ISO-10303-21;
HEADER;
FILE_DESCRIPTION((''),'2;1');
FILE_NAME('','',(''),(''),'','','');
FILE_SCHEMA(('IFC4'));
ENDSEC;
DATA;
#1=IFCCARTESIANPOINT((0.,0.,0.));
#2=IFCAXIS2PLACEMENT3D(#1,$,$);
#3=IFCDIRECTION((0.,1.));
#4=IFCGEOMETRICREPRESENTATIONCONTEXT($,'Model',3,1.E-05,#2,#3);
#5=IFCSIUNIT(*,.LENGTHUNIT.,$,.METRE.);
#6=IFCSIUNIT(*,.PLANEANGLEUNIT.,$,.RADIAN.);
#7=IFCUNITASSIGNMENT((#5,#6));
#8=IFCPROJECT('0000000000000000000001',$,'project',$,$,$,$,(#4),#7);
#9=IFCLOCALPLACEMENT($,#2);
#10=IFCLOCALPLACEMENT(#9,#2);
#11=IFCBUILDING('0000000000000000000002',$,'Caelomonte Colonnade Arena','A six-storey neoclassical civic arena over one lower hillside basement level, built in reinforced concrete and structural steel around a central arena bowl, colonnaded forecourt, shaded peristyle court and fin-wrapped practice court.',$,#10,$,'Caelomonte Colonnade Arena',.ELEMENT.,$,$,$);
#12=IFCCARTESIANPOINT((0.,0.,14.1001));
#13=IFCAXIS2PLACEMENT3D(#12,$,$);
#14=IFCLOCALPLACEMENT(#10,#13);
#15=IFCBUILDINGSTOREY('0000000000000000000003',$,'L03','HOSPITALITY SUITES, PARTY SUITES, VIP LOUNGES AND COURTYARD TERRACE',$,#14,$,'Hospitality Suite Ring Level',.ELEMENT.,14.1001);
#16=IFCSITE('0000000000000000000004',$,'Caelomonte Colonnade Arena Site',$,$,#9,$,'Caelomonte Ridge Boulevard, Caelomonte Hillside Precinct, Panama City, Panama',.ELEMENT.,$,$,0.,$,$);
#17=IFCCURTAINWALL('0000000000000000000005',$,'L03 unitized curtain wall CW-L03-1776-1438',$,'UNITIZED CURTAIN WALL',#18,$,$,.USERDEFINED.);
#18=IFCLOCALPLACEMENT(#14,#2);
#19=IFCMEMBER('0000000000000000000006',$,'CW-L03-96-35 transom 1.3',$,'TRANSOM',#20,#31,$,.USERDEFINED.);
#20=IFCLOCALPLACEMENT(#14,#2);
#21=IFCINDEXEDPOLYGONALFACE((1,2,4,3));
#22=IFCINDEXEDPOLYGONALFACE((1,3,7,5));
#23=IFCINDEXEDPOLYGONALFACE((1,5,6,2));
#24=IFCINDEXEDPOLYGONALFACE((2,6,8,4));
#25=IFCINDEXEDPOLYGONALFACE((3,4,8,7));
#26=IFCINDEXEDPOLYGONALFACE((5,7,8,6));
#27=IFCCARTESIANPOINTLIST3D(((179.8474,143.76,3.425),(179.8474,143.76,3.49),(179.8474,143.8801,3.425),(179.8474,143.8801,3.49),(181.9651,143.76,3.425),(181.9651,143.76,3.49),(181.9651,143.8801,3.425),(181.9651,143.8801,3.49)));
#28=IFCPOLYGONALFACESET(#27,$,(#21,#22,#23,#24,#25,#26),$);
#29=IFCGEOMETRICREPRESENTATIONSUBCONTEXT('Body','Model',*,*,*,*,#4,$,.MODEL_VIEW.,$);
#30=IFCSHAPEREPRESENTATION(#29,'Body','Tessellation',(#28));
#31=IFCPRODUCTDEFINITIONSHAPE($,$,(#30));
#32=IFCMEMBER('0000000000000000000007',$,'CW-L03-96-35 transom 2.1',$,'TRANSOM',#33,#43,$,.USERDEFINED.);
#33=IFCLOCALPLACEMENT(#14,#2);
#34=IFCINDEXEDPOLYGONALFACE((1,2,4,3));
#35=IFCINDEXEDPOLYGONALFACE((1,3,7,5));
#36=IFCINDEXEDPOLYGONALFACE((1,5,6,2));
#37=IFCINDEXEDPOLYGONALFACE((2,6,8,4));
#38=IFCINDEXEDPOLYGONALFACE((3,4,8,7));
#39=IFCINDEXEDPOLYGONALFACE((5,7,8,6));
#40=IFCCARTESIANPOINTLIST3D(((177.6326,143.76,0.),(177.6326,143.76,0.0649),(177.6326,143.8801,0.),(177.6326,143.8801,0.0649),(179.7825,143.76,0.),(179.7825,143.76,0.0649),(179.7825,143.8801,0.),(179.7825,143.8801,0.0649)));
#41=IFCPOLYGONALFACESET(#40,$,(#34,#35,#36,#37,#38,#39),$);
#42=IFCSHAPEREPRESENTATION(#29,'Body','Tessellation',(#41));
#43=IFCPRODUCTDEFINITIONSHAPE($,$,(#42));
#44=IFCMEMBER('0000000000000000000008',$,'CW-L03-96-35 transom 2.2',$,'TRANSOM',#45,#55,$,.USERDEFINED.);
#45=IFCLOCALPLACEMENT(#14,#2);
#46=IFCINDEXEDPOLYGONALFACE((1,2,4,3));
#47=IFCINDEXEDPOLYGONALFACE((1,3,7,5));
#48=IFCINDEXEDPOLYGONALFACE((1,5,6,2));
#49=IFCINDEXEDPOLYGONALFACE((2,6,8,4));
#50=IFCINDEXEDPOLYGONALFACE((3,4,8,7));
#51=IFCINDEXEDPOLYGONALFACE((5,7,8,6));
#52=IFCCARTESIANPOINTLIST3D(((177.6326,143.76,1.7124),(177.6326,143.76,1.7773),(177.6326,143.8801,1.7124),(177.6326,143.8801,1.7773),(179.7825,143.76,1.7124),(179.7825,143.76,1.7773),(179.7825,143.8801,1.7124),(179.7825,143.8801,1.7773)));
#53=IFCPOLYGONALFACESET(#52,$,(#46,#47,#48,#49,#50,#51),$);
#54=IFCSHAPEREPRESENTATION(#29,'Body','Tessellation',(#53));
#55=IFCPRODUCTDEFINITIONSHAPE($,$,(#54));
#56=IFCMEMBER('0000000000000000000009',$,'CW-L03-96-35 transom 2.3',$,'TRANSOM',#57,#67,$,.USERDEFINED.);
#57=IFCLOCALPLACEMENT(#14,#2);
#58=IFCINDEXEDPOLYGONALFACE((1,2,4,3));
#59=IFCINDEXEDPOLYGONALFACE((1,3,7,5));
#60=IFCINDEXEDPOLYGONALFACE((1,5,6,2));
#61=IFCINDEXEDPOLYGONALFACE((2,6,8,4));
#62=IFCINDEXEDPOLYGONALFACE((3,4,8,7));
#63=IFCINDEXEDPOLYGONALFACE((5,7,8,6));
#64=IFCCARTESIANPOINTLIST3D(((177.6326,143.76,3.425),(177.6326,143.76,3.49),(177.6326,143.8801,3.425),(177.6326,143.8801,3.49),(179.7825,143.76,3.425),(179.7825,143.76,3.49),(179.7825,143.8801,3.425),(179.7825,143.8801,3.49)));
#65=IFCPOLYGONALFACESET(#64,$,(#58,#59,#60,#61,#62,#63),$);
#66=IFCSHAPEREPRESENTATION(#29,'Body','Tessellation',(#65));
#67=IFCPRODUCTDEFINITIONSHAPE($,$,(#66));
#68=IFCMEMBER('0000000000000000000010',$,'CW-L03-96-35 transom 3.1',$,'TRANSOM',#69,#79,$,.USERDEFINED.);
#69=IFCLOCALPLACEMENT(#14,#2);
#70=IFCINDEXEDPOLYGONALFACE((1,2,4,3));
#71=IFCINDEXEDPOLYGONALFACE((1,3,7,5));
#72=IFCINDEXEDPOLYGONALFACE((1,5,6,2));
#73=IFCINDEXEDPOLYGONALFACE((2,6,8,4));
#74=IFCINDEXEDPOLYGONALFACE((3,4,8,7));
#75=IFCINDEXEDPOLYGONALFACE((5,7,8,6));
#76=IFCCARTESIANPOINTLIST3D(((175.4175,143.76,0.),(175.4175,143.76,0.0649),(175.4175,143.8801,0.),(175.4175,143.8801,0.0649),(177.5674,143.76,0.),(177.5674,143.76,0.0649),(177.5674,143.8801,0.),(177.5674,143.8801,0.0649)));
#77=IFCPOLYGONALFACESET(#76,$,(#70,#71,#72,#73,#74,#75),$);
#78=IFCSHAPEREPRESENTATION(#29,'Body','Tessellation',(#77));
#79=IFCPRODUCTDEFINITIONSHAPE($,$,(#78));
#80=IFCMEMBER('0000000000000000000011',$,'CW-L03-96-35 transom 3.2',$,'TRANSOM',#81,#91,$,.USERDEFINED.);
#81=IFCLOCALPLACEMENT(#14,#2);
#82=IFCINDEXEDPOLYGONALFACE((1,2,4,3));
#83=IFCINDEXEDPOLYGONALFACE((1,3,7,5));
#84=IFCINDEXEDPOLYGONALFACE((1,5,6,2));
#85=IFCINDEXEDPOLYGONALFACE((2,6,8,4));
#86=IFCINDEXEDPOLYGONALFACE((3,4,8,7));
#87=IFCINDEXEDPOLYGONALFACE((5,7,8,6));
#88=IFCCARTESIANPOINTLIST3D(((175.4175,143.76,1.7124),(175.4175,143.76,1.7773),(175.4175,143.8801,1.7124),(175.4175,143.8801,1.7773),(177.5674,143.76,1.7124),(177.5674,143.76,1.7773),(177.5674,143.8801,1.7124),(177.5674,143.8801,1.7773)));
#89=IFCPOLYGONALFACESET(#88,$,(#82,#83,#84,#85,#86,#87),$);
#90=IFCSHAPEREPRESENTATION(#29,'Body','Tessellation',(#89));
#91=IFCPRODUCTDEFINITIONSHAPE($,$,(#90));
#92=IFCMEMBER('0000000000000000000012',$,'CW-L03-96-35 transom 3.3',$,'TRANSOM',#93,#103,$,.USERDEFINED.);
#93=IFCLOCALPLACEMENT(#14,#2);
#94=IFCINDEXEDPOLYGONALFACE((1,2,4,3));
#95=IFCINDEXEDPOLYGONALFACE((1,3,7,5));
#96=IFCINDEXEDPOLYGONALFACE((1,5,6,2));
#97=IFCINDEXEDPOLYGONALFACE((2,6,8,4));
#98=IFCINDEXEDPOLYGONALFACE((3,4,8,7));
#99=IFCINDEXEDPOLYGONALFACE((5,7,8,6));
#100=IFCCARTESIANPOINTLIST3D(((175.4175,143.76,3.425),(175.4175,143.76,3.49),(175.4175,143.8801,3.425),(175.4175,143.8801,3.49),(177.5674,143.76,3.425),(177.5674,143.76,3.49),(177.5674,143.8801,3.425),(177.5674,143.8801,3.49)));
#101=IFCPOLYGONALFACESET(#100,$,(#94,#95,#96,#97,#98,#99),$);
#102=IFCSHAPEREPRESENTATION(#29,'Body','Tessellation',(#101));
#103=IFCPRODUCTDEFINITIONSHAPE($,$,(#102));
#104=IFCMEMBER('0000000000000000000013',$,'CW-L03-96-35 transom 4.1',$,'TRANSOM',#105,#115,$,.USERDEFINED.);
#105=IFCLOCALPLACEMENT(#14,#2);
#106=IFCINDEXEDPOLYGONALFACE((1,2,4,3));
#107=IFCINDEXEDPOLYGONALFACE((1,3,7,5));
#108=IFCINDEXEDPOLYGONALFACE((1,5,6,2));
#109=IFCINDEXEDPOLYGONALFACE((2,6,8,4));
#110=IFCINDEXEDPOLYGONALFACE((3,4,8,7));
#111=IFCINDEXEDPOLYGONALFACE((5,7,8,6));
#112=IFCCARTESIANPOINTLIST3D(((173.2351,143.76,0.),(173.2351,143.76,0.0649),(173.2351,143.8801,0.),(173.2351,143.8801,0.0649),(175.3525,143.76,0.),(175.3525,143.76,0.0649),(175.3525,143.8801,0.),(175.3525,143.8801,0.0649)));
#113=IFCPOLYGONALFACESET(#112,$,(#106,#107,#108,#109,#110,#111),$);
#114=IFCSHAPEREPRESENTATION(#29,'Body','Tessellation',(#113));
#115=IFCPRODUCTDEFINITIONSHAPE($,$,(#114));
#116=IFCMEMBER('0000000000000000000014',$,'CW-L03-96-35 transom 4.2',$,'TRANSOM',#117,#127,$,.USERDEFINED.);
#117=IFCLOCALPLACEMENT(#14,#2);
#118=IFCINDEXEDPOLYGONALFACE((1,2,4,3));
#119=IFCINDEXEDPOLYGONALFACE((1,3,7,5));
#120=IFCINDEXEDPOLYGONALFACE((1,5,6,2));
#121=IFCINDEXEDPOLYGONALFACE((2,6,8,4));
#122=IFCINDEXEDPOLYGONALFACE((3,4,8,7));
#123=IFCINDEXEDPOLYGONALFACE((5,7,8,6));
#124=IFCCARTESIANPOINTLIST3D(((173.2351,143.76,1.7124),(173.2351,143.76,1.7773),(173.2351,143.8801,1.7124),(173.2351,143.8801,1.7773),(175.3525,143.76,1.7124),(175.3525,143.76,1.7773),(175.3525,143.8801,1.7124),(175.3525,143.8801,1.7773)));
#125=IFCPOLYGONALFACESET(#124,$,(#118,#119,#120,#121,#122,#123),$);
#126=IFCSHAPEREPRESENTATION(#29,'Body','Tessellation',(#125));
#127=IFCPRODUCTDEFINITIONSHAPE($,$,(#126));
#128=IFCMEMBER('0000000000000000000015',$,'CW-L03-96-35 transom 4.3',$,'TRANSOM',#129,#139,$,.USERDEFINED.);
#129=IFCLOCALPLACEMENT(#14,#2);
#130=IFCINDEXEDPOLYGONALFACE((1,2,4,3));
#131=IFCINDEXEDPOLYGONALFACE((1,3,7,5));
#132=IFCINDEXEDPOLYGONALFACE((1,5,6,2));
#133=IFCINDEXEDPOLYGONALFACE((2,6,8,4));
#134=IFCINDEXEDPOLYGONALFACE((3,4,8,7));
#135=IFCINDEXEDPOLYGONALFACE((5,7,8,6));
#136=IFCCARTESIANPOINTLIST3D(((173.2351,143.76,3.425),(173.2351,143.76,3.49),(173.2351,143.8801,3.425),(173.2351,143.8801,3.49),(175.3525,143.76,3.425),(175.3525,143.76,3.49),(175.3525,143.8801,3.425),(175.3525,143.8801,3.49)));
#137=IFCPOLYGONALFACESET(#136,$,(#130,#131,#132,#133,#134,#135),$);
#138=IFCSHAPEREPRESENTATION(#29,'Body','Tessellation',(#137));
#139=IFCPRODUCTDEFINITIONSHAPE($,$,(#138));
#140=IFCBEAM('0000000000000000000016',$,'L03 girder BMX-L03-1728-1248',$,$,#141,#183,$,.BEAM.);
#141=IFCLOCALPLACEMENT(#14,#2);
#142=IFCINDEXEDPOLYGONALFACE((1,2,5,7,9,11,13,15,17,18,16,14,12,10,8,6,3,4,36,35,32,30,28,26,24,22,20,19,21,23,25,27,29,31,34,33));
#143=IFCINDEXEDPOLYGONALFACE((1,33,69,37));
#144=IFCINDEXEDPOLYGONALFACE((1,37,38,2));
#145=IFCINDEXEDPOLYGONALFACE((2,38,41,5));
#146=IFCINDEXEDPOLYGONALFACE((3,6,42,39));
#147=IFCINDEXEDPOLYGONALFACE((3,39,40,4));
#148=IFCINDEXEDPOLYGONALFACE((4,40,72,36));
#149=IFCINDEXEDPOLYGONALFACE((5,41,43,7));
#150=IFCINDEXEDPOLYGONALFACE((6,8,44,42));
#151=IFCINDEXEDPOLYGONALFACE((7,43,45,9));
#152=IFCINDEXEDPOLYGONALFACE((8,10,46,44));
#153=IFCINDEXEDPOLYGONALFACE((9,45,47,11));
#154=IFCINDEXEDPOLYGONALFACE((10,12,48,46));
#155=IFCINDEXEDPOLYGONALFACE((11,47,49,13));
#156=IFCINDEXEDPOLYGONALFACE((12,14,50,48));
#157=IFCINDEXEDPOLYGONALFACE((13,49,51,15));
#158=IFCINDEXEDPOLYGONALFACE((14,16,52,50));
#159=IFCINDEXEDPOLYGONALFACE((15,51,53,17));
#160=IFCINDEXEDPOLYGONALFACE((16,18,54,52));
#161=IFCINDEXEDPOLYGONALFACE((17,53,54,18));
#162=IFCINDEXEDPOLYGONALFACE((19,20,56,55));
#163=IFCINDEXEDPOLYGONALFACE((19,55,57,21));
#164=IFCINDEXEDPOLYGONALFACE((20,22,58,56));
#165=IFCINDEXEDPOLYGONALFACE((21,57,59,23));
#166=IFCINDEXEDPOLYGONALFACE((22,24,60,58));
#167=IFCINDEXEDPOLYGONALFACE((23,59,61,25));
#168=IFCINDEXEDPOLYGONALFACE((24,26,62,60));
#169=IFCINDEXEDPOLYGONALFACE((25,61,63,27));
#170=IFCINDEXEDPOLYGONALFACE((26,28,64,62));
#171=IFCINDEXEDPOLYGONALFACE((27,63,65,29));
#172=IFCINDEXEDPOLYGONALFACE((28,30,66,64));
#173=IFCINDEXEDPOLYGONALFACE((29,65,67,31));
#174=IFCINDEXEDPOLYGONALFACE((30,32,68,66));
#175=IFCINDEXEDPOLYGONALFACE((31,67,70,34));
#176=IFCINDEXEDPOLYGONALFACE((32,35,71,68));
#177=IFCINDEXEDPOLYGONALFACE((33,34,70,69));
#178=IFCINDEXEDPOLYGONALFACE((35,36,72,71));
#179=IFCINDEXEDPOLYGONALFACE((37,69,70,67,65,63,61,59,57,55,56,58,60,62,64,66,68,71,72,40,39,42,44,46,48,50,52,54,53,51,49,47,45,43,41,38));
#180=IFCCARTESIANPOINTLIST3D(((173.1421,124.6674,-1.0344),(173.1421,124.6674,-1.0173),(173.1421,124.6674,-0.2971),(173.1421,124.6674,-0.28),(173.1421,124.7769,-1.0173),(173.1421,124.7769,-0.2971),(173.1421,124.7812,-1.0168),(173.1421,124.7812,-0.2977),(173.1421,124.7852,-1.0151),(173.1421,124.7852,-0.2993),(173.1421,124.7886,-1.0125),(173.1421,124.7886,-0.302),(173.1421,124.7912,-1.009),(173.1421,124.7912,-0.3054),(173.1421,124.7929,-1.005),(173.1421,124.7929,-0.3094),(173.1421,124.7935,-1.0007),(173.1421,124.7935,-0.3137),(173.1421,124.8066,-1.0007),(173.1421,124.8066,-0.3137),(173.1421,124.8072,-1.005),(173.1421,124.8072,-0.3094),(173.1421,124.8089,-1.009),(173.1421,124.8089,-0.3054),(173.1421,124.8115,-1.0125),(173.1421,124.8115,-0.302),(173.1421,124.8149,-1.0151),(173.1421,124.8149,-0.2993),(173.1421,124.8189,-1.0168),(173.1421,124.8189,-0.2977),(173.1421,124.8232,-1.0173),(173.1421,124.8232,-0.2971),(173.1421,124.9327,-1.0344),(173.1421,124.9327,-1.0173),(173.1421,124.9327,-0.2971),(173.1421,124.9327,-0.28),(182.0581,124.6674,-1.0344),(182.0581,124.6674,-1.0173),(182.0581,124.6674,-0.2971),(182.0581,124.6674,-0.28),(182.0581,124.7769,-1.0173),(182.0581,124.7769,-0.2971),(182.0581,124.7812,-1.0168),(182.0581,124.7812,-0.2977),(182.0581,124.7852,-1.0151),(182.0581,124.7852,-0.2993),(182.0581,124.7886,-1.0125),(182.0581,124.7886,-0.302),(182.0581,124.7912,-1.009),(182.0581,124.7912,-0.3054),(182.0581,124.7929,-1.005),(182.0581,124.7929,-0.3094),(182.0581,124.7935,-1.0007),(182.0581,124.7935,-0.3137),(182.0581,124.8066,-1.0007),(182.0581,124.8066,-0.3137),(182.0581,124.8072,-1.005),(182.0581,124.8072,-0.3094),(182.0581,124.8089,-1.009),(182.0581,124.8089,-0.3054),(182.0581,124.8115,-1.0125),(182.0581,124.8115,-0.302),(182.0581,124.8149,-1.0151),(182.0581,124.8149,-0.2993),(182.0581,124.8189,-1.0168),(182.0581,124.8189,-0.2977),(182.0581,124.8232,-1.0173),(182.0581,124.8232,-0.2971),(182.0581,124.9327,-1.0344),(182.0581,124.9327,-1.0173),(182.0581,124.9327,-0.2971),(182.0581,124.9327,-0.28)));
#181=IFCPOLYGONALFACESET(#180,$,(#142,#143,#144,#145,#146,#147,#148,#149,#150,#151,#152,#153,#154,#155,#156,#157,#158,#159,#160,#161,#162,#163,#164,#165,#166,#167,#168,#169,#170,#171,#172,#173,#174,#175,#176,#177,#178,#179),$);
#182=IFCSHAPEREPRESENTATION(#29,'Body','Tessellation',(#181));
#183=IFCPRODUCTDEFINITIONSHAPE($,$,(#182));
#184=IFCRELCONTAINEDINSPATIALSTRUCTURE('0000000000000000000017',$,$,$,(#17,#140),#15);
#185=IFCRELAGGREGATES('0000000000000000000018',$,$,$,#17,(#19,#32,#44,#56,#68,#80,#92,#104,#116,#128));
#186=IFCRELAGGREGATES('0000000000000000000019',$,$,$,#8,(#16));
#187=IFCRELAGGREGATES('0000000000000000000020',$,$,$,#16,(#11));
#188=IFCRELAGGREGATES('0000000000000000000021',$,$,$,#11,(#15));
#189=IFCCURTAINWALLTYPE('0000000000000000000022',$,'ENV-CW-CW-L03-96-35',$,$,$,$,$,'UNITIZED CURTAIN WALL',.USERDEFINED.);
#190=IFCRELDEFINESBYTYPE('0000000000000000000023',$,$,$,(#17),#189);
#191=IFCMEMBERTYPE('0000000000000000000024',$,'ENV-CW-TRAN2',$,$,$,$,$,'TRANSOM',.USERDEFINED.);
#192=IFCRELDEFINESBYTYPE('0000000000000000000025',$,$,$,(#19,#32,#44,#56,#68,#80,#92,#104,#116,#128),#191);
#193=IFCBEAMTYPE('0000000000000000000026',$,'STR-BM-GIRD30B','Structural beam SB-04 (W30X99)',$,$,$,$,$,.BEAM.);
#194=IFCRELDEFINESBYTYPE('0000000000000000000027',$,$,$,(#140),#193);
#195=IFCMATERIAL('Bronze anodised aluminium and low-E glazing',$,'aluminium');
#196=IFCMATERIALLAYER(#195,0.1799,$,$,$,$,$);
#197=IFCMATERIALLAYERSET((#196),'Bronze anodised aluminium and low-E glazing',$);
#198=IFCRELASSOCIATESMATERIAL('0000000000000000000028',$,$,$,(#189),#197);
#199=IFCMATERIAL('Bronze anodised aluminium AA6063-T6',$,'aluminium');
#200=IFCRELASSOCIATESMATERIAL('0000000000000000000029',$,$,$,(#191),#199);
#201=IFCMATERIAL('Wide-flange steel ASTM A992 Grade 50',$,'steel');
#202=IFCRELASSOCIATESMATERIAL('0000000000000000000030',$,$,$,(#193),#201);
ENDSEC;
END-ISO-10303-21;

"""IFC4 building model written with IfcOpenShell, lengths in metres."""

from ifc_helpers import new_model, si_unit, direction, frame, origin, origin_2d, place, context, subcontext, project, spatial, rectangle, i_section, extrude, material, layer, layer_set, material_profile, profile_set, type_object, element, aggregate, save


model = new_model("IFC4")

# Units and contexts
model_context = context("Model", 3, precision=1e-05, world=origin(), true_north=direction((0.0, 1.0)))
body_context = subcontext(model_context, "Body", "Model", "MODEL_VIEW")
ifc_project = project(units=[si_unit("LENGTHUNIT", "METRE"), si_unit("PLANEANGLEUNIT", "RADIAN")], contexts=[model_context])

# Site, building, storey
site_placement = place(None, origin())
site = spatial("IfcSite", under=ifc_project, at=site_placement, Name="Caelomonte Colonnade Arena Site", LongName="Caelomonte Ridge Boulevard, Caelomonte Hillside Precinct, Panama City, Panama", CompositionType="ELEMENT", RefElevation=0.0)
building_placement = place(site_placement, origin())
building = spatial("IfcBuilding", under=site, at=building_placement, Name="Caelomonte Colonnade Arena", Description="A six-storey neoclassical civic arena over one lower hillside basement level, built in reinforced concrete and structural steel around a central arena bowl, colonnaded forecourt, shaded peristyle court and fin-wrapped practice court.", LongName="Caelomonte Colonnade Arena", CompositionType="ELEMENT")
storey_placement = place(building_placement, frame((0.0, 0.0, 14.1001)))
storey = spatial("IfcBuildingStorey", under=building, at=storey_placement, Name="L03", Description="HOSPITALITY SUITES, PARTY SUITES, VIP LOUNGES AND COURTYARD TERRACE", LongName="Hospitality Suite Ring Level", CompositionType="ELEMENT", Elevation=14.1001)

# Curtain wall
ifc_material_1 = material(Name="Bronze anodised aluminium and low-E glazing", Category="aluminium")
ifc_layer_1 = layer(ifc_material_1, 0.1799)
ifc_layer_set_1 = layer_set([ifc_layer_1], Name="Bronze anodised aluminium and low-E glazing")
curtain_wall_type = type_object("IfcCurtainWallType", Name="ENV-CW-CW-L03-96-35", ElementType="UNITIZED CURTAIN WALL", PredefinedType="USERDEFINED", material=ifc_layer_set_1)
ifc_material_2 = material(Name="Bronze anodised aluminium AA6063-T6", Category="aluminium")
curtain_wall_1_placement = place(storey_placement, origin())
curtain_wall_1 = element("IfcCurtainWall", 1, at=curtain_wall_1_placement, inside=storey, type_object=curtain_wall_type, Name="L03 unitized curtain wall CW-L03-1776-1438", ObjectType="UNITIZED CURTAIN WALL", PredefinedType="USERDEFINED")

# Members
ifc_material_profile_1 = material_profile(ifc_material_2, rectangle(XDim=0.0649, YDim=0.1201, at=origin_2d()), Name="CWT-65X120")
ifc_profile_set_1 = profile_set([ifc_material_profile_1], Name="Bronze anodised aluminium AA6063-T6")
member_type_1 = type_object("IfcMemberType", Name="ENV-CW-TRAN2", ElementType="TRANSOM", PredefinedType="USERDEFINED", material=ifc_profile_set_1)
member_1_placement = place(storey_placement, frame((181.9651, 143.8201, 3.4575), z_axis=(-1.0, 0.0, 0.0), x_axis=(0.0, 0.0, 1.0)))
member_1 = element("IfcMember", 2, at=member_1_placement, type_object=member_type_1, Name="CW-L03-96-35 transom 1.3", ObjectType="TRANSOM", PredefinedType="USERDEFINED", context=body_context, shape_type="SweptSolid", body=[
    extrude(rectangle(XDim=0.0649, YDim=0.1201, at=origin_2d()), origin(), (0.0, 0.0, 1.0), 2.1177),
])
member_2_placement = place(storey_placement, frame((179.7825, 143.8201, 0.0325), z_axis=(-1.0, 0.0, 0.0), x_axis=(0.0, 0.0, 1.0)))
member_2 = element("IfcMember", 3, at=member_2_placement, type_object=member_type_1, Name="CW-L03-96-35 transom 2.1", ObjectType="TRANSOM", PredefinedType="USERDEFINED", context=body_context, shape_type="SweptSolid", body=[
    extrude(rectangle(XDim=0.0649, YDim=0.1201, at=origin_2d()), origin(), (0.0, 0.0, 1.0), 2.1499),
])
member_3_placement = place(storey_placement, frame((179.7825, 143.8201, 1.7449), z_axis=(-1.0, 0.0, 0.0), x_axis=(0.0, 0.0, 1.0)))
member_3 = element("IfcMember", 4, at=member_3_placement, type_object=member_type_1, Name="CW-L03-96-35 transom 2.2", ObjectType="TRANSOM", PredefinedType="USERDEFINED", context=body_context, shape_type="SweptSolid", body=[
    extrude(rectangle(XDim=0.0649, YDim=0.1201, at=origin_2d()), origin(), (0.0, 0.0, 1.0), 2.1499),
])
member_4_placement = place(storey_placement, frame((179.7825, 143.8201, 3.4575), z_axis=(-1.0, 0.0, 0.0), x_axis=(0.0, 0.0, 1.0)))
member_4 = element("IfcMember", 5, at=member_4_placement, type_object=member_type_1, Name="CW-L03-96-35 transom 2.3", ObjectType="TRANSOM", PredefinedType="USERDEFINED", context=body_context, shape_type="SweptSolid", body=[
    extrude(rectangle(XDim=0.0649, YDim=0.1201, at=origin_2d()), origin(), (0.0, 0.0, 1.0), 2.1499),
])
member_5_placement = place(storey_placement, frame((177.5674, 143.8201, 0.0325), z_axis=(-1.0, 0.0, 0.0), x_axis=(0.0, 0.0, 1.0)))
member_5 = element("IfcMember", 6, at=member_5_placement, type_object=member_type_1, Name="CW-L03-96-35 transom 3.1", ObjectType="TRANSOM", PredefinedType="USERDEFINED", context=body_context, shape_type="SweptSolid", body=[
    extrude(rectangle(XDim=0.0649, YDim=0.1201, at=origin_2d()), origin(), (0.0, 0.0, 1.0), 2.1499),
])
member_6_placement = place(storey_placement, frame((177.5674, 143.8201, 1.7449), z_axis=(-1.0, 0.0, 0.0), x_axis=(0.0, 0.0, 1.0)))
member_6 = element("IfcMember", 7, at=member_6_placement, type_object=member_type_1, Name="CW-L03-96-35 transom 3.2", ObjectType="TRANSOM", PredefinedType="USERDEFINED", context=body_context, shape_type="SweptSolid", body=[
    extrude(rectangle(XDim=0.0649, YDim=0.1201, at=origin_2d()), origin(), (0.0, 0.0, 1.0), 2.1499),
])
member_7_placement = place(storey_placement, frame((177.5674, 143.8201, 3.4575), z_axis=(-1.0, 0.0, 0.0), x_axis=(0.0, 0.0, 1.0)))
member_7 = element("IfcMember", 8, at=member_7_placement, type_object=member_type_1, Name="CW-L03-96-35 transom 3.3", ObjectType="TRANSOM", PredefinedType="USERDEFINED", context=body_context, shape_type="SweptSolid", body=[
    extrude(rectangle(XDim=0.0649, YDim=0.1201, at=origin_2d()), origin(), (0.0, 0.0, 1.0), 2.1499),
])
member_8_placement = place(storey_placement, frame((175.3525, 143.8201, 0.0325), z_axis=(-1.0, 0.0, 0.0), x_axis=(0.0, 0.0, 1.0)))
member_8 = element("IfcMember", 9, at=member_8_placement, type_object=member_type_1, Name="CW-L03-96-35 transom 4.1", ObjectType="TRANSOM", PredefinedType="USERDEFINED", context=body_context, shape_type="SweptSolid", body=[
    extrude(rectangle(XDim=0.0649, YDim=0.1201, at=origin_2d()), origin(), (0.0, 0.0, 1.0), 2.1174),
])
member_9_placement = place(storey_placement, frame((175.3525, 143.8201, 1.7449), z_axis=(-1.0, 0.0, 0.0), x_axis=(0.0, 0.0, 1.0)))
member_9 = element("IfcMember", 10, at=member_9_placement, type_object=member_type_1, Name="CW-L03-96-35 transom 4.2", ObjectType="TRANSOM", PredefinedType="USERDEFINED", context=body_context, shape_type="SweptSolid", body=[
    extrude(rectangle(XDim=0.0649, YDim=0.1201, at=origin_2d()), origin(), (0.0, 0.0, 1.0), 2.1174),
])
member_10_placement = place(storey_placement, frame((175.3525, 143.8201, 3.4575), z_axis=(-1.0, 0.0, 0.0), x_axis=(0.0, 0.0, 1.0)))
member_10 = element("IfcMember", 11, at=member_10_placement, type_object=member_type_1, Name="CW-L03-96-35 transom 4.3", ObjectType="TRANSOM", PredefinedType="USERDEFINED", context=body_context, shape_type="SweptSolid", body=[
    extrude(rectangle(XDim=0.0649, YDim=0.1201, at=origin_2d()), origin(), (0.0, 0.0, 1.0), 2.1174),
])

# Beam
ifc_material_3 = material(Name="Wide-flange steel ASTM A992 Grade 50", Category="steel")
ifc_material_profile_2 = material_profile(ifc_material_3, i_section(OverallWidth=0.2654, OverallDepth=0.7544, WebThickness=0.0132, FlangeThickness=0.0171, FilletRadius=0.0166, at=origin_2d()), Name="W30X99")
ifc_profile_set_2 = profile_set([ifc_material_profile_2], Name="Wide-flange steel ASTM A992 Grade 50")
beam_type_1 = type_object("IfcBeamType", Name="STR-BM-GIRD30B", Description="Structural beam SB-04 (W30X99)", PredefinedType="BEAM", material=ifc_profile_set_2)
for number, where, z_axis, x_axis, name in (
    (12, (173.1421, 124.8, -0.6572), (1.0, 0.0, 0.0), (0.0, 1.0, 0.0), "L03 girder BMX-L03-1728-1248"),
):
    element("IfcBeam", number, at=place(storey_placement, frame(where, z_axis=z_axis, x_axis=x_axis)), inside=storey, type_object=beam_type_1, Name=name, PredefinedType="BEAM", context=body_context, shape_type="SweptSolid", body=[
        extrude(i_section(OverallWidth=0.2654, OverallDepth=0.7544, WebThickness=0.0132, FlangeThickness=0.0171, FilletRadius=0.0166, at=origin_2d()), origin(), (0.0, 0.0, 1.0), 8.916),
    ])

aggregate(curtain_wall_1, [member_1, member_2, member_3, member_4, member_5, member_6, member_7, member_8, member_9, member_10])

save(model, "model.ifc")
